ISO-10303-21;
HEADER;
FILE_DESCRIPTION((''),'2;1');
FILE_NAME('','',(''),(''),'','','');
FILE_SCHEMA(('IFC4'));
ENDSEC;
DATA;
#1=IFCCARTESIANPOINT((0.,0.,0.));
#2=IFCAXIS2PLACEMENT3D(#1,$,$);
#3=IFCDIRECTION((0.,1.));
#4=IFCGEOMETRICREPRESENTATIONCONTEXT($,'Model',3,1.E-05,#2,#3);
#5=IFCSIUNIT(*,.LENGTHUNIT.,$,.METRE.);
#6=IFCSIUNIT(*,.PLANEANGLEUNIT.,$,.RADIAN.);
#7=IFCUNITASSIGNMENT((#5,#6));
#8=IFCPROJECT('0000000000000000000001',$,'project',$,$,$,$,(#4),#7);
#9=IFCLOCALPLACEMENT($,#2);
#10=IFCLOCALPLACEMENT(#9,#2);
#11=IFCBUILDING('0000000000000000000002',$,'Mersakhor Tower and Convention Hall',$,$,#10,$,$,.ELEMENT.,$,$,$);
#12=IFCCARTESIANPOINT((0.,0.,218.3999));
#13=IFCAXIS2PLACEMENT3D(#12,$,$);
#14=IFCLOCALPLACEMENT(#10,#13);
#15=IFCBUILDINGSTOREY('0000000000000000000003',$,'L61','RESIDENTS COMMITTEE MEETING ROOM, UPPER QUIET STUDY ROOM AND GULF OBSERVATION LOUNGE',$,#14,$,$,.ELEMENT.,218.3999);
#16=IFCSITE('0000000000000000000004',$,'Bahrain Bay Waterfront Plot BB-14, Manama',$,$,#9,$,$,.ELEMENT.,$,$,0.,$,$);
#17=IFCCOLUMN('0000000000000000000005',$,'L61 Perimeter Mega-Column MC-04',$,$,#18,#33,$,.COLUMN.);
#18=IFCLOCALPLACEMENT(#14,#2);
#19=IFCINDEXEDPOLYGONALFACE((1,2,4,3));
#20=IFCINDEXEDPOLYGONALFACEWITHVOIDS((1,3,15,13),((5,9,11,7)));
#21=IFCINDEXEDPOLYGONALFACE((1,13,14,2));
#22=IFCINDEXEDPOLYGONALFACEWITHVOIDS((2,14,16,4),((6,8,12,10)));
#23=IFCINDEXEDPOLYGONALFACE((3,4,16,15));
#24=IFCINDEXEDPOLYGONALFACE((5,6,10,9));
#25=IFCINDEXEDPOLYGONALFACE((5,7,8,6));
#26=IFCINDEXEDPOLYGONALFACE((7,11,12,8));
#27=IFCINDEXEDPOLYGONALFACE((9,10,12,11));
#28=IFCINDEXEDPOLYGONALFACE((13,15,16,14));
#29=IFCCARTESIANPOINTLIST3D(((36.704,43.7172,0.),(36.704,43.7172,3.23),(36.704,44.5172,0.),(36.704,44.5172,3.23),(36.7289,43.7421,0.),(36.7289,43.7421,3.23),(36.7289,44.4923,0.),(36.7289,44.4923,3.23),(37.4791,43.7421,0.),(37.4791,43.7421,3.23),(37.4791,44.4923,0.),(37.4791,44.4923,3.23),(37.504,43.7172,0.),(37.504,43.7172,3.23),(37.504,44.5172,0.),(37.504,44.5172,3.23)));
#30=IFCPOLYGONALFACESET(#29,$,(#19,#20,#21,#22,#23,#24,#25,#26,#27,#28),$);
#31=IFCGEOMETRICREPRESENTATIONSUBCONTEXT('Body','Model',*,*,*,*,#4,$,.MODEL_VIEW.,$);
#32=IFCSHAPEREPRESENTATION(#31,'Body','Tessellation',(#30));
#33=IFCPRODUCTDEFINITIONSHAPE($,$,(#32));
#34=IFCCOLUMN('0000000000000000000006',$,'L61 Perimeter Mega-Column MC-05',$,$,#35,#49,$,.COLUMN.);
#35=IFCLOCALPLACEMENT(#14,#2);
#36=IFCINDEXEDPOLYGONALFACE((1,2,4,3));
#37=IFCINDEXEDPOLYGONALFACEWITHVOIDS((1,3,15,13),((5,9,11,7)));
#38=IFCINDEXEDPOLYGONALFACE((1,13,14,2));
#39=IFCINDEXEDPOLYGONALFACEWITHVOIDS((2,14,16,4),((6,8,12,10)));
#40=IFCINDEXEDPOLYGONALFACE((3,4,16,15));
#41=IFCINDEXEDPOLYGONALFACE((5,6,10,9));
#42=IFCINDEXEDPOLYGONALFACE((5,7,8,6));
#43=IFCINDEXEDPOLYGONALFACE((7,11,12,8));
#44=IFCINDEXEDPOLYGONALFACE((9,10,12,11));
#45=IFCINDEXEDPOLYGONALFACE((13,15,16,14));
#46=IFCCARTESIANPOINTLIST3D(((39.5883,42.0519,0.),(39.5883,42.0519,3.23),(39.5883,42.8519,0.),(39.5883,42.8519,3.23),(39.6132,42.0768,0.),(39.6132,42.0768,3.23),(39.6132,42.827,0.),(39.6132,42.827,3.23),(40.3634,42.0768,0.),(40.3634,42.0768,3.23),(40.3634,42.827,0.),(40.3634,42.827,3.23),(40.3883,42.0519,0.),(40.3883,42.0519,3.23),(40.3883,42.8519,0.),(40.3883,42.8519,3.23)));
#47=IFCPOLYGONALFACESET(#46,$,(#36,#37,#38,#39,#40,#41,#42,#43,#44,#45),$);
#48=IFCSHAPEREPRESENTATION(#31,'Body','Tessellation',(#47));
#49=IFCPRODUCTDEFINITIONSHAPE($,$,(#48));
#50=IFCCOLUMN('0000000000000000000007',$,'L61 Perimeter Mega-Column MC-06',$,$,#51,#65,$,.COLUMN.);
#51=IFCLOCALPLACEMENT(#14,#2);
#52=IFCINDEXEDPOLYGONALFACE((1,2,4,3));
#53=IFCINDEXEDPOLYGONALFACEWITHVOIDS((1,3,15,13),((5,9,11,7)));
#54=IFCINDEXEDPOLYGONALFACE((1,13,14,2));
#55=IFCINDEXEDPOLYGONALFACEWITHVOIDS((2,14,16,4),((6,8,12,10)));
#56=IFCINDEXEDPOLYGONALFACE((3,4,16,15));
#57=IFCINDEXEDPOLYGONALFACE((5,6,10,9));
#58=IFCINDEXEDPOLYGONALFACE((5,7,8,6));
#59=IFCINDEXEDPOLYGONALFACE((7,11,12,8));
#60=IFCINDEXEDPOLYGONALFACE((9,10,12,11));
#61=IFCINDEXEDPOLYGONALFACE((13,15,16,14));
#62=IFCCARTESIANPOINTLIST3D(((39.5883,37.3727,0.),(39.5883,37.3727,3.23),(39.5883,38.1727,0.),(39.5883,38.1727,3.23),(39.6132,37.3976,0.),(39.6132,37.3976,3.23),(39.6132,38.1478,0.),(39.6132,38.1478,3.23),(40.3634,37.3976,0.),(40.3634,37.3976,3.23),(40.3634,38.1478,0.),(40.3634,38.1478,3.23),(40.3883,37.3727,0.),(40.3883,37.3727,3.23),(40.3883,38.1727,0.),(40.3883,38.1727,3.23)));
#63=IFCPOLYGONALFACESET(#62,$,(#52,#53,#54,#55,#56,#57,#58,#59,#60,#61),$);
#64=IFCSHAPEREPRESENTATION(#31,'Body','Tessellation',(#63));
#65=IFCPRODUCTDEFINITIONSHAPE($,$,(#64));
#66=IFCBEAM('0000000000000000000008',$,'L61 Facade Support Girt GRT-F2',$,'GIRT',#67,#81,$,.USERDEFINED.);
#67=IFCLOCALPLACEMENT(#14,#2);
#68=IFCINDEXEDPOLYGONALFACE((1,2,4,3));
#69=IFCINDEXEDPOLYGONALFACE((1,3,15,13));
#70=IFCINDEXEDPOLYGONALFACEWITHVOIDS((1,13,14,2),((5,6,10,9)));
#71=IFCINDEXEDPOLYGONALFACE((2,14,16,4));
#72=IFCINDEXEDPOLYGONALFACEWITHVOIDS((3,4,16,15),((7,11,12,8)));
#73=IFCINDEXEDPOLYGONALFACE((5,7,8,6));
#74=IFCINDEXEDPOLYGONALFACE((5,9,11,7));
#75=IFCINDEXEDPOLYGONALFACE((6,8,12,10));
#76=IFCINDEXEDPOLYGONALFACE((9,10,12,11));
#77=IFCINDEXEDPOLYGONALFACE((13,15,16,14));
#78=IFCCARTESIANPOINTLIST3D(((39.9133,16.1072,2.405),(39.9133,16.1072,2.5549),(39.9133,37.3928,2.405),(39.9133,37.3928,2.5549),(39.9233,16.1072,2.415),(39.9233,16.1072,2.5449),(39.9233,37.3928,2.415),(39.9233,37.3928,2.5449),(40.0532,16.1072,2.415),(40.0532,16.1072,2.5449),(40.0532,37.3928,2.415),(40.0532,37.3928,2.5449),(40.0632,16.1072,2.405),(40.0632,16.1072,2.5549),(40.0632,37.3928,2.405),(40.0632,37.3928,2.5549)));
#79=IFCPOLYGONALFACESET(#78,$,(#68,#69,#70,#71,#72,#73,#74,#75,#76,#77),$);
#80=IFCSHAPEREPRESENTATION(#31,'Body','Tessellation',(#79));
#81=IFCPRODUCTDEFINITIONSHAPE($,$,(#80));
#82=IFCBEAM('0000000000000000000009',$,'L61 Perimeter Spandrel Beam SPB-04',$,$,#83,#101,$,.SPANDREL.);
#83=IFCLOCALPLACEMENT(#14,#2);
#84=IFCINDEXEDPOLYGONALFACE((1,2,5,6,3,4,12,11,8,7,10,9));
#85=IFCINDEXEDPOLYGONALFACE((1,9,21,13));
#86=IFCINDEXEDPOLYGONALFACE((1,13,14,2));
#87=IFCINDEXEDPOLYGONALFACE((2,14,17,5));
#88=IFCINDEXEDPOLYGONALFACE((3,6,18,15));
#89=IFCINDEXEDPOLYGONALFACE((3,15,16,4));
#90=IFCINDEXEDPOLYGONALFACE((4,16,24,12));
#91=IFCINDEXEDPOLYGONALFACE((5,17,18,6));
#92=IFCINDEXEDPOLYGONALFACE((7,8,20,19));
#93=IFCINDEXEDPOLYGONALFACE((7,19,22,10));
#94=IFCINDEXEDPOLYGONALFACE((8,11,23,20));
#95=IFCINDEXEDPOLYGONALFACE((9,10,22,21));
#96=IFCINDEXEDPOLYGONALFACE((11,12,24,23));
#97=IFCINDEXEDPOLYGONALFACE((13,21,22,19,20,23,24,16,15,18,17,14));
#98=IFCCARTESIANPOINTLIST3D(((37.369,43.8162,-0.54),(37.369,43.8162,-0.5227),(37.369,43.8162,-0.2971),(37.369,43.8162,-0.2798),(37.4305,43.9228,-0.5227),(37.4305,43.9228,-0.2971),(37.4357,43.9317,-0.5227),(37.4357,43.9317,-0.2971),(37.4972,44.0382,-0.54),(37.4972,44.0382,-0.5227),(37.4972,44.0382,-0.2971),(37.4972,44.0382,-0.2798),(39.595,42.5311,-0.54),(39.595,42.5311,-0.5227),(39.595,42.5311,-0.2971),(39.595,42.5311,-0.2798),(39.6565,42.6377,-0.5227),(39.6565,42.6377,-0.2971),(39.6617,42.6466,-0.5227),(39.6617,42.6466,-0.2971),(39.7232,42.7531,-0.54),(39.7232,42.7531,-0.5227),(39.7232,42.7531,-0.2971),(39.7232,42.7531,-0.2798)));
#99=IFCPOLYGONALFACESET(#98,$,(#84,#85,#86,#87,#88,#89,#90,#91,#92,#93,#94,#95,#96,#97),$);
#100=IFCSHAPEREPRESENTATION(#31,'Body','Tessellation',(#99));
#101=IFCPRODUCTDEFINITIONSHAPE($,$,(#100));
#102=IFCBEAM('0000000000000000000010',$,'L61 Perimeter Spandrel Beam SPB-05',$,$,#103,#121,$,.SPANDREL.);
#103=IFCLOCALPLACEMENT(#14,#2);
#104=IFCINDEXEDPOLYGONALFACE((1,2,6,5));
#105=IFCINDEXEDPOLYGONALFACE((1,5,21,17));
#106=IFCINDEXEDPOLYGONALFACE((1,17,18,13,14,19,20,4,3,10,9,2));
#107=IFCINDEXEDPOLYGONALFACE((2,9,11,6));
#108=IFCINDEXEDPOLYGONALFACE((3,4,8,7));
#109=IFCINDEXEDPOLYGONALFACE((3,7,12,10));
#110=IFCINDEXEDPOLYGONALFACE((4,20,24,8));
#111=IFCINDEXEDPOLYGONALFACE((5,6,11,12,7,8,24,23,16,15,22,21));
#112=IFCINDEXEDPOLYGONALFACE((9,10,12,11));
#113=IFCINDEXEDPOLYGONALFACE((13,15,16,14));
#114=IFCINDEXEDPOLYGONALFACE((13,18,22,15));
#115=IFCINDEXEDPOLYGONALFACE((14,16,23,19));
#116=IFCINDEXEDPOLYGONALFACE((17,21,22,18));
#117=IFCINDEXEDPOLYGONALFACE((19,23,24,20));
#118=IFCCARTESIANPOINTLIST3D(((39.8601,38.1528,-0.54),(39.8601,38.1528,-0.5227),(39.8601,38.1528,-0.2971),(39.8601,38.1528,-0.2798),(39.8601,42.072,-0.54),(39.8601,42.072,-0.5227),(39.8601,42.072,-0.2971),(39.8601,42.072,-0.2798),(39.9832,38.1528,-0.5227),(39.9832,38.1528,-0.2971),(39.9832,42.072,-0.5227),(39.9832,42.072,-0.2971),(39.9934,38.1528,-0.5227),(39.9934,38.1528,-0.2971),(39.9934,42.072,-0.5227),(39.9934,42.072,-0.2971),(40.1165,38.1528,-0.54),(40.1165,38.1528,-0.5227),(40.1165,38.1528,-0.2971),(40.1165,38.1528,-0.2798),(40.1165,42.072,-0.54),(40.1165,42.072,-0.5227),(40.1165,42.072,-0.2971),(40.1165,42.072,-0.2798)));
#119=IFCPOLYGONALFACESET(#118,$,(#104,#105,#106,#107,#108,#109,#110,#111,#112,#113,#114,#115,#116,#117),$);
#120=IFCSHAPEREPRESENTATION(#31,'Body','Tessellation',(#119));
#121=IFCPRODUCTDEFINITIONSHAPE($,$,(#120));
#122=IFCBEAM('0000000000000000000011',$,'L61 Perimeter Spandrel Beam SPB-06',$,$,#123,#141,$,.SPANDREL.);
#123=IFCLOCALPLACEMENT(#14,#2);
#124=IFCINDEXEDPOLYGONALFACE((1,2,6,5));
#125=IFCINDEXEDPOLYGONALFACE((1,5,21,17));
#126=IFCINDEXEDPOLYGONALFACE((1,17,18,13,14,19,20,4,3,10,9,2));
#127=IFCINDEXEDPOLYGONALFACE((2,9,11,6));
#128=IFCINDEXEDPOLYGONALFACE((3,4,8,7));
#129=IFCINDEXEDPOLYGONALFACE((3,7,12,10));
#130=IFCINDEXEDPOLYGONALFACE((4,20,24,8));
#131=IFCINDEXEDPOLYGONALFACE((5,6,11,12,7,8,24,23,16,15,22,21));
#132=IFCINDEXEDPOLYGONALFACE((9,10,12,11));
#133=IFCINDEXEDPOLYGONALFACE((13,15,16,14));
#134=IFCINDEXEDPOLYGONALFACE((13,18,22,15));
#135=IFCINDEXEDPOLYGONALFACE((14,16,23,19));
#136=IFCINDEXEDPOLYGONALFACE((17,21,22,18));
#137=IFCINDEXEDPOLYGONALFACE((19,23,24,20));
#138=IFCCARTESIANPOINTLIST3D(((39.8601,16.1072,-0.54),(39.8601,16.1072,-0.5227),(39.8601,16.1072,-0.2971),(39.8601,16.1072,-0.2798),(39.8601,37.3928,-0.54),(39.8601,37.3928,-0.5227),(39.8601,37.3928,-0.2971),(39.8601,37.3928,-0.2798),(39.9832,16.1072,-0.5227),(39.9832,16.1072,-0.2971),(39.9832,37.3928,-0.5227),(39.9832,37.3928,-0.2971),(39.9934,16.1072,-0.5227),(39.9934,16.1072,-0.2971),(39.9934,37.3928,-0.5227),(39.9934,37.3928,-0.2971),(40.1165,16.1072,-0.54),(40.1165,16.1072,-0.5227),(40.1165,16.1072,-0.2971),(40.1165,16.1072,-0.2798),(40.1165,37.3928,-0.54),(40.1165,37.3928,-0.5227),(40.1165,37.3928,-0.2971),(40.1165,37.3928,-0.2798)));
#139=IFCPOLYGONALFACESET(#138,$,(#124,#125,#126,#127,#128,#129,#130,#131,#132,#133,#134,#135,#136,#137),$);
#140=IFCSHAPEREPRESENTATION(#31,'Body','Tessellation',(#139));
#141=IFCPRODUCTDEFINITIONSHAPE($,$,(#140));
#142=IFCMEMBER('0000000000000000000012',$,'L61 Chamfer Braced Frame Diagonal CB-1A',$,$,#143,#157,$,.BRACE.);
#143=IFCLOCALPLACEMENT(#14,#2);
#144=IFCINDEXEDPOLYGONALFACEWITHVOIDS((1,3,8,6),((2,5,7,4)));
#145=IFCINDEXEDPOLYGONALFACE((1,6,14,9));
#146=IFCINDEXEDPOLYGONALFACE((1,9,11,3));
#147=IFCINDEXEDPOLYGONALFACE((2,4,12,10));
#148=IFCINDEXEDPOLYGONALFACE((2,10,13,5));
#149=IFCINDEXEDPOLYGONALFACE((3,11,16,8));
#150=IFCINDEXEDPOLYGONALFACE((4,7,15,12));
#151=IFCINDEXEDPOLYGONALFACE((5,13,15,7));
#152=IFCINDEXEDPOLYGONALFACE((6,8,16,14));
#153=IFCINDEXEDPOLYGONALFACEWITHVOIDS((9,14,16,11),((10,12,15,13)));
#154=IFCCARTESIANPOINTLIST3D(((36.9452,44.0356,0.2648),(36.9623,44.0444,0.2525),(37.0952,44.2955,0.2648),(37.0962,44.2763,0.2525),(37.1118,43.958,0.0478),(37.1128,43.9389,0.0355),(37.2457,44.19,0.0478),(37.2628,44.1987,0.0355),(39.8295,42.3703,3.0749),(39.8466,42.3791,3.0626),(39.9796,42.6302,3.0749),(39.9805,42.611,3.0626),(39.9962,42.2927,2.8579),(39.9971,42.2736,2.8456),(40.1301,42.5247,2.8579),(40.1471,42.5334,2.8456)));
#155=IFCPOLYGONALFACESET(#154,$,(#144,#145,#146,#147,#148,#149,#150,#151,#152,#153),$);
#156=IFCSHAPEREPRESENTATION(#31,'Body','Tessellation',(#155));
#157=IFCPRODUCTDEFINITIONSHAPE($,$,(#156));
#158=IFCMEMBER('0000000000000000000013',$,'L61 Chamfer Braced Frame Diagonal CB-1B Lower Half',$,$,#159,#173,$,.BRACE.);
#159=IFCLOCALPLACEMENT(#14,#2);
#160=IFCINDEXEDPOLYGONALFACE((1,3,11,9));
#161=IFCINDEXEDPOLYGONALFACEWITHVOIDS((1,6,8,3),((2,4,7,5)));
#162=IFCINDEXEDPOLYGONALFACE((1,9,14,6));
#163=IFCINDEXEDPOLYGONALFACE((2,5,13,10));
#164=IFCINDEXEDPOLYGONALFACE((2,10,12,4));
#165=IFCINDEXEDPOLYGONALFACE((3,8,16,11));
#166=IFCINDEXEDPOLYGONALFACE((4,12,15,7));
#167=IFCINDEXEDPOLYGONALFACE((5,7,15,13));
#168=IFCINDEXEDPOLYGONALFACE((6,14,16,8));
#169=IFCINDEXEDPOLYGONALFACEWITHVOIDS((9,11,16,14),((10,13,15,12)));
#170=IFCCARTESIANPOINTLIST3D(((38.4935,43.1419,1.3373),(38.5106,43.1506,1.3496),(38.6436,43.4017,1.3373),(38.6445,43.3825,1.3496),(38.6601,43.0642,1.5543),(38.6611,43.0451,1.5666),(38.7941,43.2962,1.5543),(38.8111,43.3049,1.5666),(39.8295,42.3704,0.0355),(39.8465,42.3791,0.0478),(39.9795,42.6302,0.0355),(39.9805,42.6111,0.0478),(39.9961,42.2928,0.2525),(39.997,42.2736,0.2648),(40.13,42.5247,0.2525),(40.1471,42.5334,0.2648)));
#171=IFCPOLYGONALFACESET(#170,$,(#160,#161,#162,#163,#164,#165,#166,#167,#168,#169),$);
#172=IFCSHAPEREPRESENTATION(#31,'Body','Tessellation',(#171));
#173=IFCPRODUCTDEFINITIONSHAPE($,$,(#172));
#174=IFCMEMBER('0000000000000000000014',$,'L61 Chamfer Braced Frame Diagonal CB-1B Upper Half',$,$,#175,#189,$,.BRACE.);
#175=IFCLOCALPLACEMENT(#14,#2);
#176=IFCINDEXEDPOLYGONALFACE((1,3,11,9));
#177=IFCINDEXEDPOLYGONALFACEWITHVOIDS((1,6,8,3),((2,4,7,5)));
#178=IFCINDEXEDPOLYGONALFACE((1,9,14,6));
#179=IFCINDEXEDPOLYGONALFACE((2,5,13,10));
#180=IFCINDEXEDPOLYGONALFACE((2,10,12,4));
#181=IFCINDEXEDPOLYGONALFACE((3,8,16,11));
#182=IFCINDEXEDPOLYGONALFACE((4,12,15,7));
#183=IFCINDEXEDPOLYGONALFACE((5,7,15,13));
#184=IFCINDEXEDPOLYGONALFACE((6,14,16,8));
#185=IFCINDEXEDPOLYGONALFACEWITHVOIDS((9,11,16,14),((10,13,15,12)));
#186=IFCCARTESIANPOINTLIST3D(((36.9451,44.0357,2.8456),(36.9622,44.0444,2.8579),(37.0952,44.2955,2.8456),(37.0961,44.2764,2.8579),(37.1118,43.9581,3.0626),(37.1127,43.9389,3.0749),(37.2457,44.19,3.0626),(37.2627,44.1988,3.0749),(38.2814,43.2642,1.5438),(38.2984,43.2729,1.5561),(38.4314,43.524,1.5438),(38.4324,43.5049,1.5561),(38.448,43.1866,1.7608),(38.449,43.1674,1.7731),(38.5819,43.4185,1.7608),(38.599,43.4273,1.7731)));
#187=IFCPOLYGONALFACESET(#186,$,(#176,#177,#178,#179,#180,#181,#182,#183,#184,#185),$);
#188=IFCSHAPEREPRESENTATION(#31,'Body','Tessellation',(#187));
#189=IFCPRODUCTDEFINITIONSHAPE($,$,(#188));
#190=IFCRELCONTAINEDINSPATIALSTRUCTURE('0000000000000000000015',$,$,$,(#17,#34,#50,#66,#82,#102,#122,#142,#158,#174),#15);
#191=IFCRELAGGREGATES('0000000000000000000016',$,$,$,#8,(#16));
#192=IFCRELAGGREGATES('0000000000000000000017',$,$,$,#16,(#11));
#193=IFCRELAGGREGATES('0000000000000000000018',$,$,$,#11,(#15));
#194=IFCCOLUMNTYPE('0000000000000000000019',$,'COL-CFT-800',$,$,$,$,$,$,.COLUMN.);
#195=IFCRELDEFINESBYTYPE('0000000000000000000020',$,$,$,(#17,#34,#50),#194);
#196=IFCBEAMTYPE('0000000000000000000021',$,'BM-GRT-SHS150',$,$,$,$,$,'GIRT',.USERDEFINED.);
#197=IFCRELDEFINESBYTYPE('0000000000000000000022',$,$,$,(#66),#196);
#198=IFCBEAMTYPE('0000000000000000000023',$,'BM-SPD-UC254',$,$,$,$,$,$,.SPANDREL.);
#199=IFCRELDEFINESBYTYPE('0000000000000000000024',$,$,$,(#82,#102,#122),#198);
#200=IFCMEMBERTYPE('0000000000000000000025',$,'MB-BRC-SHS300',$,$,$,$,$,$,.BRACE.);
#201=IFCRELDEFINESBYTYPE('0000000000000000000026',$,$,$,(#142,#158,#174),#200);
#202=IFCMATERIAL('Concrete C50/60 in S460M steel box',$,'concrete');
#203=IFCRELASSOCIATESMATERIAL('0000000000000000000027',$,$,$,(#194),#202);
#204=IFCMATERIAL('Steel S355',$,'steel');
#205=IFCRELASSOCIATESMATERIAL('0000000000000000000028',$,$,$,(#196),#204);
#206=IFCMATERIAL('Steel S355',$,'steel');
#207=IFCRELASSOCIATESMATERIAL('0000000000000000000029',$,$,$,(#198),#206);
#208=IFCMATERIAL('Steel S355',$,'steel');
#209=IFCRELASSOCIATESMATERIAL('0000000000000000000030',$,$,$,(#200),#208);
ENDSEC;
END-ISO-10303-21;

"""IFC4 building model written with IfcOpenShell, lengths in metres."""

from ifc_helpers import new_model, si_unit, direction, frame, origin, origin_2d, place, context, subcontext, project, spatial, hollow_rectangle, i_section, extrude, material, material_profile, profile_set, type_object, element, save


model = new_model("IFC4")

# Units and contexts
model_context = context("Model", 3, precision=1e-05, world=origin(), true_north=direction((0.0, 1.0)))
body_context = subcontext(model_context, "Body", "Model", "MODEL_VIEW")
ifc_project = project(units=[si_unit("LENGTHUNIT", "METRE"), si_unit("PLANEANGLEUNIT", "RADIAN")], contexts=[model_context])

# Site, building, storey
site_placement = place(None, origin())
site = spatial("IfcSite", under=ifc_project, at=site_placement, Name="Bahrain Bay Waterfront Plot BB-14, Manama", CompositionType="ELEMENT", RefElevation=0.0)
building_placement = place(site_placement, origin())
building = spatial("IfcBuilding", under=site, at=building_placement, Name="Mersakhor Tower and Convention Hall", CompositionType="ELEMENT")
storey_placement = place(building_placement, frame((0.0, 0.0, 218.3999)))
storey = spatial("IfcBuildingStorey", under=building, at=storey_placement, Name="L61", Description="RESIDENTS COMMITTEE MEETING ROOM, UPPER QUIET STUDY ROOM AND GULF OBSERVATION LOUNGE", CompositionType="ELEMENT", Elevation=218.3999)

# Columns
ifc_material_1 = material(Name="Concrete C50/60 in S460M steel box", Category="concrete")
ifc_material_profile_1 = material_profile(ifc_material_1, hollow_rectangle(XDim=0.8, YDim=0.8, WallThickness=0.0249, at=origin_2d()), Name="SHS 800x800x25")
ifc_profile_set_1 = profile_set([ifc_material_profile_1], Name="Concrete C50/60 in S460M steel box")
column_type = type_object("IfcColumnType", Name="COL-CFT-800", PredefinedType="COLUMN", material=ifc_profile_set_1)
for number, where, z_axis, x_axis, name in (
    (1, (37.104, 44.1172, 0.0), (0.0, 0.0, 1.0), (1.0, 0.0, 0.0), "L61 Perimeter Mega-Column MC-04"),
    (2, (39.9883, 42.4519, 0.0), (0.0, 0.0, 1.0), (1.0, 0.0, 0.0), "L61 Perimeter Mega-Column MC-05"),
    (3, (39.9883, 37.7727, 0.0), (0.0, 0.0, 1.0), (1.0, 0.0, 0.0), "L61 Perimeter Mega-Column MC-06"),
):
    element("IfcColumn", number, at=place(storey_placement, frame(where, z_axis=z_axis, x_axis=x_axis)), inside=storey, type_object=column_type, Name=name, PredefinedType="COLUMN", context=body_context, shape_type="SweptSolid", body=[
        extrude(hollow_rectangle(XDim=0.8, YDim=0.8, WallThickness=0.0249, at=origin_2d()), origin(), (0.0, 0.0, 1.0), 3.23),
    ])

# Beams
ifc_material_2 = material(Name="Steel S355", Category="steel")
ifc_material_profile_2 = material_profile(ifc_material_2, hollow_rectangle(XDim=0.1499, YDim=0.1499, WallThickness=0.01, at=origin_2d()), Name="SHS 150x150x10")
ifc_profile_set_2 = profile_set([ifc_material_profile_2], Name="Steel S355")
beam_type_1 = type_object("IfcBeamType", Name="BM-GRT-SHS150", ElementType="GIRT", PredefinedType="USERDEFINED", material=ifc_profile_set_2)
beam_1_placement = place(storey_placement, frame((39.9883, 37.3928, 2.48), z_axis=(0.0, -1.0, 0.0), x_axis=(1.0, 0.0, 0.0)))
element("IfcBeam", 4, at=beam_1_placement, inside=storey, type_object=beam_type_1, Name="L61 Facade Support Girt GRT-F2", ObjectType="GIRT", PredefinedType="USERDEFINED", context=body_context, shape_type="SweptSolid", body=[
    extrude(hollow_rectangle(XDim=0.1499, YDim=0.1499, WallThickness=0.01, at=origin_2d()), origin(), (0.0, 0.0, 1.0), 21.2856),
])
ifc_material_3 = material(Name="Steel S355", Category="steel")
ifc_material_profile_3 = material_profile(ifc_material_3, i_section(OverallWidth=0.2563, OverallDepth=0.2603, WebThickness=0.0103, FlangeThickness=0.0173, at=origin_2d()), Name="UC 254x254x89")
ifc_profile_set_3 = profile_set([ifc_material_profile_3], Name="Steel S355")
beam_type_2 = type_object("IfcBeamType", Name="BM-SPD-UC254", PredefinedType="SPANDREL", material=ifc_profile_set_3)
beam_2_placement = place(storey_placement, frame((37.4331, 43.9272, -0.4099), z_axis=(0.866037, -0.49998, 0.0), x_axis=(0.49998, 0.866037, 0.0)))
element("IfcBeam", 5, at=beam_2_placement, inside=storey, type_object=beam_type_2, Name="L61 Perimeter Spandrel Beam SPB-04", PredefinedType="SPANDREL", context=body_context, shape_type="SweptSolid", body=[
    extrude(i_section(OverallWidth=0.2563, OverallDepth=0.2603, WebThickness=0.0103, FlangeThickness=0.0173, at=origin_2d()), origin(), (0.0, 0.0, 1.0), 2.5703),
])
beam_3_placement = place(storey_placement, frame((39.9883, 42.072, -0.4099), z_axis=(0.0, -1.0, 0.0), x_axis=(1.0, 0.0, 0.0)))
element("IfcBeam", 6, at=beam_3_placement, inside=storey, type_object=beam_type_2, Name="L61 Perimeter Spandrel Beam SPB-05", PredefinedType="SPANDREL", context=body_context, shape_type="SweptSolid", body=[
    extrude(i_section(OverallWidth=0.2563, OverallDepth=0.2603, WebThickness=0.0103, FlangeThickness=0.0173, at=origin_2d()), origin(), (0.0, 0.0, 1.0), 3.9192),
])
beam_4_placement = place(storey_placement, frame((39.9883, 37.3928, -0.4099), z_axis=(0.0, -1.0, 0.0), x_axis=(1.0, 0.0, 0.0)))
element("IfcBeam", 7, at=beam_4_placement, inside=storey, type_object=beam_type_2, Name="L61 Perimeter Spandrel Beam SPB-06", PredefinedType="SPANDREL", context=body_context, shape_type="SweptSolid", body=[
    extrude(i_section(OverallWidth=0.2563, OverallDepth=0.2603, WebThickness=0.0103, FlangeThickness=0.0173, at=origin_2d()), origin(), (0.0, 0.0, 1.0), 21.2856),
])

# Members
ifc_material_4 = material(Name="Steel S355", Category="steel")
ifc_material_profile_4 = material_profile(ifc_material_4, hollow_rectangle(XDim=0.3, YDim=0.3, WallThickness=0.0161, at=origin_2d()), Name="SHS 300x300x16")
ifc_profile_set_4 = profile_set([ifc_material_profile_4], Name="Steel S355")
member_type = type_object("IfcMemberType", Name="MB-BRC-SHS300", PredefinedType="BRACE", material=ifc_profile_set_4)
member_1_placement = place(storey_placement, frame((37.104, 44.1172, 0.1501), z_axis=(0.661896, -0.382156, 0.644864), x_axis=(0.50001, 0.86602, 0.0)))
element("IfcMember", 8, at=member_1_placement, inside=storey, type_object=member_type, Name="L61 Chamfer Braced Frame Diagonal CB-1A", PredefinedType="BRACE", context=body_context, shape_type="SweptSolid", body=[
    extrude(hollow_rectangle(XDim=0.3, YDim=0.3, WallThickness=0.0161, at=origin_2d()), origin(), (0.0, 0.0, 1.0), 4.3577),
])
member_2_placement = place(storey_placement, frame((39.9883, 42.4519, 0.1501), z_axis=(-0.661835, 0.3822, 0.644902), x_axis=(-0.500088, -0.865975, 0.0)))
element("IfcMember", 9, at=member_2_placement, inside=storey, type_object=member_type, Name="L61 Chamfer Braced Frame Diagonal CB-1B Lower Half", PredefinedType="BRACE", context=body_context, shape_type="SweptSolid", body=[
    extrude(hollow_rectangle(XDim=0.3, YDim=0.3, WallThickness=0.0161, at=origin_2d()), origin(), (0.0, 0.0, 1.0), 2.0186),
])
member_3_placement = place(storey_placement, frame((38.4402, 43.3457, 1.6584), z_axis=(-0.661903, 0.382169, 0.64485), x_axis=(-0.500019, -0.866014, 0.0)))
element("IfcMember", 10, at=member_3_placement, inside=storey, type_object=member_type, Name="L61 Chamfer Braced Frame Diagonal CB-1B Upper Half", PredefinedType="BRACE", context=body_context, shape_type="SweptSolid", body=[
    extrude(hollow_rectangle(XDim=0.3, YDim=0.3, WallThickness=0.0161, at=origin_2d()), origin(), (0.0, 0.0, 1.0), 2.0188),
])

save(model, "model.ifc")
